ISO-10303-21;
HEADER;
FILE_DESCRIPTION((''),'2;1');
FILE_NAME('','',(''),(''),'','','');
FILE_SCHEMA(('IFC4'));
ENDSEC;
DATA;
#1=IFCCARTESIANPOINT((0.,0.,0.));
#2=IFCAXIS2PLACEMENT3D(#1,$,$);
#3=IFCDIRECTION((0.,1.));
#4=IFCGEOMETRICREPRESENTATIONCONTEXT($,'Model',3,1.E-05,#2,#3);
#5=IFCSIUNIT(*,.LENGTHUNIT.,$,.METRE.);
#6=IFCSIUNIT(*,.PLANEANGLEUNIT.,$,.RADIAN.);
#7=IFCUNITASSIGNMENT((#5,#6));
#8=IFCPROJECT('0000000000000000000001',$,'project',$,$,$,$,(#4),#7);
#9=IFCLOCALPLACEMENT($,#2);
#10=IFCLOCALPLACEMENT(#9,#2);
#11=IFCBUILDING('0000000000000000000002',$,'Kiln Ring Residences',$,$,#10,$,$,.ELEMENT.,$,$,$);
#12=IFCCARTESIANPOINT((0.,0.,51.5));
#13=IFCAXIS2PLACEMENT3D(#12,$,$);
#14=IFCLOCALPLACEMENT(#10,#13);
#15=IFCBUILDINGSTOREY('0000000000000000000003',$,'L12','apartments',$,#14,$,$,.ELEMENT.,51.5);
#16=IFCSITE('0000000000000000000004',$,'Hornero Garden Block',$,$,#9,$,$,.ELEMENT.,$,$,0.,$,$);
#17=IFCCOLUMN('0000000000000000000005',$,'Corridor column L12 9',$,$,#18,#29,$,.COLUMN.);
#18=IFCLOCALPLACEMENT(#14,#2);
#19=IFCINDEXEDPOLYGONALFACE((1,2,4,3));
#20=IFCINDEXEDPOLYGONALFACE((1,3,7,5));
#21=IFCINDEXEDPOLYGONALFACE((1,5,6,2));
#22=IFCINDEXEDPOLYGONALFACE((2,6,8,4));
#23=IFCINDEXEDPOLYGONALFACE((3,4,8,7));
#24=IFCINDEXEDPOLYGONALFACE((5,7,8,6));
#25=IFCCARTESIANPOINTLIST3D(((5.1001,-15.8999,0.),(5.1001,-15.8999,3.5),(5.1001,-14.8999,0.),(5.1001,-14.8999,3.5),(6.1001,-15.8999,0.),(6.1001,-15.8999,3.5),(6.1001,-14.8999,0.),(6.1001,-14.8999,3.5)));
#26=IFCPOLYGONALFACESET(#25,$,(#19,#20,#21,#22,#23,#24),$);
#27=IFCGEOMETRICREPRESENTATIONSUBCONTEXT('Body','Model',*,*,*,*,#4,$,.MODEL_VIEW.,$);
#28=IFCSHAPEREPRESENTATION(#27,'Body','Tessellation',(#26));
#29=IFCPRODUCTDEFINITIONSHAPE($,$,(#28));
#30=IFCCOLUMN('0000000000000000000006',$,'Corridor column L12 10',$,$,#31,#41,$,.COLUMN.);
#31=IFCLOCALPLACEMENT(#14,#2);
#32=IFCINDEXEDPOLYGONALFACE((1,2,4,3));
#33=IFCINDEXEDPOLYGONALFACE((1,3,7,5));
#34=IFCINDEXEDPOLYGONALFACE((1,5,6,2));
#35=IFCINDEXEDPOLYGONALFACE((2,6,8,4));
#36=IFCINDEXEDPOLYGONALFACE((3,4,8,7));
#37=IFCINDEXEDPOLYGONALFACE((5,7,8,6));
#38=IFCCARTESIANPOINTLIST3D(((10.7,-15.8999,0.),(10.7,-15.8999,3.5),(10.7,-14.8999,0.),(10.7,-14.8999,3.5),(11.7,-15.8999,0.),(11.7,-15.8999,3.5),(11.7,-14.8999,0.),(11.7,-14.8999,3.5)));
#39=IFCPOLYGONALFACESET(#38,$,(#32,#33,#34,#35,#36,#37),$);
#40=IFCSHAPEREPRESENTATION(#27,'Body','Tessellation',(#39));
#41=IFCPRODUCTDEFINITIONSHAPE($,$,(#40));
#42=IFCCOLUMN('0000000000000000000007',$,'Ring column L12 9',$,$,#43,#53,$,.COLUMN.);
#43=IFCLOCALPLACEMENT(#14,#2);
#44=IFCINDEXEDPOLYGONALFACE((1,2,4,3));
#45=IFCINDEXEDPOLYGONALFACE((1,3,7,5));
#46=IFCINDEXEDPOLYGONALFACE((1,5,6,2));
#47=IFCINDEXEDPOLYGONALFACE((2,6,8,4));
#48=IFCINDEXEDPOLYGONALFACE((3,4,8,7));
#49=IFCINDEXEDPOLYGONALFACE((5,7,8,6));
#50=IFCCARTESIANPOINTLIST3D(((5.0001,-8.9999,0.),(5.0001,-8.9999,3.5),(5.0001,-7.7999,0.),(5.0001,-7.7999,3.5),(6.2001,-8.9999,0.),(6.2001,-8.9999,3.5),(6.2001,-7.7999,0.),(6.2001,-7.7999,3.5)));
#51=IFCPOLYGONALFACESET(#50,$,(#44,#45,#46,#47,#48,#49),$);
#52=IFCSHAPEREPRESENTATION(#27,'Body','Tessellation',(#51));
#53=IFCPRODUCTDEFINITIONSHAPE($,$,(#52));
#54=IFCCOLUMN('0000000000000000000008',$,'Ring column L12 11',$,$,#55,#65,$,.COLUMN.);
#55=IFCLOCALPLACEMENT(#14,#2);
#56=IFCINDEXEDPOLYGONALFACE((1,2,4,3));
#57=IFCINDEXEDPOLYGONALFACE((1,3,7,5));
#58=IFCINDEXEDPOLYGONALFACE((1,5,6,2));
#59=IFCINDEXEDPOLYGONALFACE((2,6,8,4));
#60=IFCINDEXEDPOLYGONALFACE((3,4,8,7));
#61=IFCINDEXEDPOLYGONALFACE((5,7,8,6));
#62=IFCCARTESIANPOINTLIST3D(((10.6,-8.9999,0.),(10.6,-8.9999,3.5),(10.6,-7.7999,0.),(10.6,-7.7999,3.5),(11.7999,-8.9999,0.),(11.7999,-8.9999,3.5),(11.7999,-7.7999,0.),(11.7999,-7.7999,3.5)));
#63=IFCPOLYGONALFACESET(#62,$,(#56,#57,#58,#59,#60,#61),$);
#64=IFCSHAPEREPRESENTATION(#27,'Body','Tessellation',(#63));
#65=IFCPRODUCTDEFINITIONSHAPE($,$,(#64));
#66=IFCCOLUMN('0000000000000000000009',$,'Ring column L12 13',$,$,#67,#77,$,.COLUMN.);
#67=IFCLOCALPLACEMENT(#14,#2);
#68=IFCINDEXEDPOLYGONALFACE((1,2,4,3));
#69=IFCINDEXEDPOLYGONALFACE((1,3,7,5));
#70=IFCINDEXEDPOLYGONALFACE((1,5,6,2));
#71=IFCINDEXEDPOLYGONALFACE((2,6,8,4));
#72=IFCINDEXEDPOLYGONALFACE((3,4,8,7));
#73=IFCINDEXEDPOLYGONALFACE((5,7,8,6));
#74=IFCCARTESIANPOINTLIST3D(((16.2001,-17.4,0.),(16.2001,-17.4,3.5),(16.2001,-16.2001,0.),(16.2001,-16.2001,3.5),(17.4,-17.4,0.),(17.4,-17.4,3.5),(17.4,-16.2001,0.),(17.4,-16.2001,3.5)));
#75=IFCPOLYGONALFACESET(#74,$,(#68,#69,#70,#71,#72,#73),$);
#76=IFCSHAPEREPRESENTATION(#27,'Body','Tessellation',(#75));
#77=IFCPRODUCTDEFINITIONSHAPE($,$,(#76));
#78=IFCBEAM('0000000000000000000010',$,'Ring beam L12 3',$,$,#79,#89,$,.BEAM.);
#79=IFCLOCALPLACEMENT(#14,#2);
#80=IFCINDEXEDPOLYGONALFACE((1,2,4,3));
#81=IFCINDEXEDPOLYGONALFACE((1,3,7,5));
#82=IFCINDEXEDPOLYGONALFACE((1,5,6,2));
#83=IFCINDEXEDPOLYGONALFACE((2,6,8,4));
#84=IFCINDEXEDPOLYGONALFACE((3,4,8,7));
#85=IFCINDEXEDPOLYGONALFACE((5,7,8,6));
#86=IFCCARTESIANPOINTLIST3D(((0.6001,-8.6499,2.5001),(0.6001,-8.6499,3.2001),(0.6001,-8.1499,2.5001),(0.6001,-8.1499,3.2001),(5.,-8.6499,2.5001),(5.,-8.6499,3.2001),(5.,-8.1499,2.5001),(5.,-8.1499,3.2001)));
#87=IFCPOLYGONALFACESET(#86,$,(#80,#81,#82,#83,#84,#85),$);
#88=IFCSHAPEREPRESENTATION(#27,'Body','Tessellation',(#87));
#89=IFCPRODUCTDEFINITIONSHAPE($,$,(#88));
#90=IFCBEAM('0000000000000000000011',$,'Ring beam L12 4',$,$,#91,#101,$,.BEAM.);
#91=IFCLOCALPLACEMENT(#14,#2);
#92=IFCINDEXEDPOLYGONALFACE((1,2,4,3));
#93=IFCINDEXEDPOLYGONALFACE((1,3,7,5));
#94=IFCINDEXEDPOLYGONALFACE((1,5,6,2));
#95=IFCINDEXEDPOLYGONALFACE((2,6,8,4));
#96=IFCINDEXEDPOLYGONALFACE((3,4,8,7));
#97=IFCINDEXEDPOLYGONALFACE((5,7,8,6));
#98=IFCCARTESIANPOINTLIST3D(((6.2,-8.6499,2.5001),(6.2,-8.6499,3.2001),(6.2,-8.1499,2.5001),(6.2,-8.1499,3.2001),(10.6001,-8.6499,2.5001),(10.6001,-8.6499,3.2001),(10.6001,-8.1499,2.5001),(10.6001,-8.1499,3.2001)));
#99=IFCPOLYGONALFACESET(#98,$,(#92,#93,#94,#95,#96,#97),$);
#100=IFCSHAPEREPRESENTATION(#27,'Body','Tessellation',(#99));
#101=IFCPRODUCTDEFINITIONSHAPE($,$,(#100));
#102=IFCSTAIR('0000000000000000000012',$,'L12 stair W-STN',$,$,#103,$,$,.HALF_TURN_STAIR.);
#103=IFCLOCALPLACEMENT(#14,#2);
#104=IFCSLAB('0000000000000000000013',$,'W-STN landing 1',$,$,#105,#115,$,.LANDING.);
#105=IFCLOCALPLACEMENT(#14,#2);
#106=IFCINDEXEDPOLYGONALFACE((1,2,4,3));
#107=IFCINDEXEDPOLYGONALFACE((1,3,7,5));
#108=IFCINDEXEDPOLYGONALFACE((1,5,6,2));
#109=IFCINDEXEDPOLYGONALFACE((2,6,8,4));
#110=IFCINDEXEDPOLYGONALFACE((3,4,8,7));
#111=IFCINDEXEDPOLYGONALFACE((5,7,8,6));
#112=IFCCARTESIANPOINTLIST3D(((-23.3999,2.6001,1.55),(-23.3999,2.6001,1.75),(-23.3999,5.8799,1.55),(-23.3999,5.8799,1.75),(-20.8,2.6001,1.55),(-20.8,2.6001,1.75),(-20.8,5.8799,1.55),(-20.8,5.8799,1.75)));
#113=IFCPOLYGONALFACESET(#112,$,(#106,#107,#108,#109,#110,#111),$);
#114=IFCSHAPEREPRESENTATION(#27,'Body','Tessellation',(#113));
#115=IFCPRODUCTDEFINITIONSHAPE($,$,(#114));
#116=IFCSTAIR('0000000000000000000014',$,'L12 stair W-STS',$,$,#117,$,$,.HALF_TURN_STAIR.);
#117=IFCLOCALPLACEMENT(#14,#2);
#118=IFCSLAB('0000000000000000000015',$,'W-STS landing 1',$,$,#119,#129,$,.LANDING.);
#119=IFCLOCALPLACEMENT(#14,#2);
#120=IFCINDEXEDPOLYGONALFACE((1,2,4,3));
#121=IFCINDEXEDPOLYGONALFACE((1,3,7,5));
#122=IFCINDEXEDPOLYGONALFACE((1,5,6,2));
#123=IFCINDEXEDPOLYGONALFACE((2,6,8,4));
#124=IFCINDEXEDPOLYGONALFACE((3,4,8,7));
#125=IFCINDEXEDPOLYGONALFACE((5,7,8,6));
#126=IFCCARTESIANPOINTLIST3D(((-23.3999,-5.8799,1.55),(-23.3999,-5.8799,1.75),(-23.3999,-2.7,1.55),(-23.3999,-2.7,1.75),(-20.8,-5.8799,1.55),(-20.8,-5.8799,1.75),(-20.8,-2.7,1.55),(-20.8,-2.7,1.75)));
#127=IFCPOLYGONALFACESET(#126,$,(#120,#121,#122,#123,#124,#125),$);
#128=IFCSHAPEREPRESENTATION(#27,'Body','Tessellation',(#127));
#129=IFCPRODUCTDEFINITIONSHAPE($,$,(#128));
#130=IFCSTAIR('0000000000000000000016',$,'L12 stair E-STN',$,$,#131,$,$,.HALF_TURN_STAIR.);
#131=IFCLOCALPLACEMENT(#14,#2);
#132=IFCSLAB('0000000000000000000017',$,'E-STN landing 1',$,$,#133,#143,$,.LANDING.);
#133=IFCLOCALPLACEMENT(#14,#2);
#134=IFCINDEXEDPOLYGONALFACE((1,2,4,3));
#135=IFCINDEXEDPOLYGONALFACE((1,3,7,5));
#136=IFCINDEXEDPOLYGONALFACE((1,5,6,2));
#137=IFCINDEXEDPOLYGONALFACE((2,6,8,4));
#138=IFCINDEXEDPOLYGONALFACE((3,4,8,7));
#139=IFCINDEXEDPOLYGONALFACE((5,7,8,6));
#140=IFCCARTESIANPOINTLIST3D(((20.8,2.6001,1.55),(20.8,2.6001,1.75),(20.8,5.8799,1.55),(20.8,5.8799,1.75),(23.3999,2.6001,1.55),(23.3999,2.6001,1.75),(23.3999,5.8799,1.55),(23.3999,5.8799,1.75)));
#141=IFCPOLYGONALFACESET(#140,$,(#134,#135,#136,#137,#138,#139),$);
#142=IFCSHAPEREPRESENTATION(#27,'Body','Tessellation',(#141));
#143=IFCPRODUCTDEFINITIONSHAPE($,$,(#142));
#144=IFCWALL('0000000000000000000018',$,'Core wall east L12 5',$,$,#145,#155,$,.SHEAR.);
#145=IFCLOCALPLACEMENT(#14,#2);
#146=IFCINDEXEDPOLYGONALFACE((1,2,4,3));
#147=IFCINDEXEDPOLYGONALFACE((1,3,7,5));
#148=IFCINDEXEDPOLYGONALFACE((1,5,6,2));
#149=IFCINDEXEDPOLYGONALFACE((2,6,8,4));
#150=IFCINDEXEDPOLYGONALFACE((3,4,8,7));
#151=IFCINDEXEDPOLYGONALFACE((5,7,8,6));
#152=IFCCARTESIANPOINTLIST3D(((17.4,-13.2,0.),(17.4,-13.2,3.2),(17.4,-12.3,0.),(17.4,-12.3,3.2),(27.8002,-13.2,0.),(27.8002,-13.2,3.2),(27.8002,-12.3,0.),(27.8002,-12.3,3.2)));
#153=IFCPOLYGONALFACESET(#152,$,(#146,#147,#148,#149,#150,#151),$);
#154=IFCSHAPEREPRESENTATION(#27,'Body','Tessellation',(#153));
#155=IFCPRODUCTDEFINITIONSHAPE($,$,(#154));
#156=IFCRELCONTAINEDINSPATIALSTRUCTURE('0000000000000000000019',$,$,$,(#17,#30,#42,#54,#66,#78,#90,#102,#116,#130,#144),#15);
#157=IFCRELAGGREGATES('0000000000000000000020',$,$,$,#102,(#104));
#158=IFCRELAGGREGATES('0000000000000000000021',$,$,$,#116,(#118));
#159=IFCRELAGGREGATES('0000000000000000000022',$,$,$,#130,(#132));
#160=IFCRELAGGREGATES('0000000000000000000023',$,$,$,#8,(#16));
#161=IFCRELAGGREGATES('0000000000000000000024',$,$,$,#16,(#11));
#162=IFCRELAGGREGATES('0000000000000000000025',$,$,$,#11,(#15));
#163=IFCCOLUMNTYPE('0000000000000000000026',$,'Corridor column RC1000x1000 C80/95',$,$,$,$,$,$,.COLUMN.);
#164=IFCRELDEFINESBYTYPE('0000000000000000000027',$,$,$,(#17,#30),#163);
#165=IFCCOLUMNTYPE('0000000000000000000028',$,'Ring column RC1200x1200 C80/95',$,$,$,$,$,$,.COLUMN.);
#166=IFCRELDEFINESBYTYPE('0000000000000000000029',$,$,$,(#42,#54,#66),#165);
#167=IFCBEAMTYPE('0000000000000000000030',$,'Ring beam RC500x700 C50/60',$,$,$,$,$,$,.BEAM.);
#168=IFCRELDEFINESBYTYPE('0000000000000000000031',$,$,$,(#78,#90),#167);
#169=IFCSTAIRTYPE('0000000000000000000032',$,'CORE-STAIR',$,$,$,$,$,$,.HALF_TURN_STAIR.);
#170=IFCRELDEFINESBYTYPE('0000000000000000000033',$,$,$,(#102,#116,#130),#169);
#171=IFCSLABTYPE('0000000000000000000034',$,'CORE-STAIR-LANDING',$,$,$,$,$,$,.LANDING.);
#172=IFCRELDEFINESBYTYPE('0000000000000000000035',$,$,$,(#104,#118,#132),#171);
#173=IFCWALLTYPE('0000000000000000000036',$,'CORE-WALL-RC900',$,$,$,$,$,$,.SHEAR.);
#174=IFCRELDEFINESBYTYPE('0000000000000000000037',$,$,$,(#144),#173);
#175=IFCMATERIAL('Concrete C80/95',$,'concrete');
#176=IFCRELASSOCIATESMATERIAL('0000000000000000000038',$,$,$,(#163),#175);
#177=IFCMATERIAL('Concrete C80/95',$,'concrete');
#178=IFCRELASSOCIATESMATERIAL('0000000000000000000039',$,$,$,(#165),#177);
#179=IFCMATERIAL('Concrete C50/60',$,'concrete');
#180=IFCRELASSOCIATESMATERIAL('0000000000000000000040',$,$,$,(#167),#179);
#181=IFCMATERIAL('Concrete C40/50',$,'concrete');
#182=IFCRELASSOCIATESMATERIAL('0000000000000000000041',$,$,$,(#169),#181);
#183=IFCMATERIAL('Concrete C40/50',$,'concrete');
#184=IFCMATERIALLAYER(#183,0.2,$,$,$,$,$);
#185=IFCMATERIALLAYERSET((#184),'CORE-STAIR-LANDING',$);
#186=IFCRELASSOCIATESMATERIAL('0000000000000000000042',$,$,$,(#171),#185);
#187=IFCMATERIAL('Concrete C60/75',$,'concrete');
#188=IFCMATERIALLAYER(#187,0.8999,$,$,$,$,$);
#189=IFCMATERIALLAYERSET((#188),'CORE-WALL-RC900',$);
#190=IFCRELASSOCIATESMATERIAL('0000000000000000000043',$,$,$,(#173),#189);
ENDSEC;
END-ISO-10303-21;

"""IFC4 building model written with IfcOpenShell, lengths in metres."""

from ifc_helpers import new_model, si_unit, direction, frame, frame_2d, origin, origin_2d, place, context, subcontext, project, spatial, polyline, rectangle, outline, extrude, material, layer, layer_set, material_profile, profile_set, type_object, element, aggregate, save


model = new_model("IFC4")

# Units and contexts
model_context = context("Model", 3, precision=1e-05, world=origin(), true_north=direction((0.0, 1.0)))
body_context = subcontext(model_context, "Body", "Model", "MODEL_VIEW")
ifc_project = project(units=[si_unit("LENGTHUNIT", "METRE"), si_unit("PLANEANGLEUNIT", "RADIAN")], contexts=[model_context])

# Site, building, storey
site_placement = place(None, origin())
site = spatial("IfcSite", under=ifc_project, at=site_placement, Name="Hornero Garden Block", CompositionType="ELEMENT", RefElevation=0.0)
building_placement = place(site_placement, origin())
building = spatial("IfcBuilding", under=site, at=building_placement, Name="Kiln Ring Residences", CompositionType="ELEMENT")
storey_placement = place(building_placement, frame((0.0, 0.0, 51.5)))
storey = spatial("IfcBuildingStorey", under=building, at=storey_placement, Name="L12", Description="apartments", CompositionType="ELEMENT", Elevation=51.5)

# Columns
ifc_material_1 = material(Name="Concrete C80/95", Category="concrete")
ifc_material_profile_1 = material_profile(ifc_material_1, rectangle(XDim=1.0, YDim=1.0, at=origin_2d()), Name="RC1000x1000")
ifc_profile_set_1 = profile_set([ifc_material_profile_1], Name="Concrete C80/95")
column_type_1 = type_object("IfcColumnType", Name="Corridor column RC1000x1000 C80/95", PredefinedType="COLUMN", material=ifc_profile_set_1)
for number, where, z_axis, x_axis, name in (
    (1, (5.6001, -15.3999, 0.0), (0.0, 0.0, 1.0), (1.0, 0.0, 0.0), "Corridor column L12 9"),
    (2, (11.2, -15.3999, 0.0), (0.0, 0.0, 1.0), (1.0, 0.0, 0.0), "Corridor column L12 10"),
):
    element("IfcColumn", number, at=place(storey_placement, frame(where, z_axis=z_axis, x_axis=x_axis)), inside=storey, type_object=column_type_1, Name=name, PredefinedType="COLUMN", context=body_context, shape_type="SweptSolid", body=[
        extrude(rectangle(XDim=1.0, YDim=1.0, at=origin_2d()), origin(), (0.0, 0.0, 1.0), 3.5),
    ])
ifc_material_2 = material(Name="Concrete C80/95", Category="concrete")
ifc_material_profile_2 = material_profile(ifc_material_2, rectangle(XDim=1.2, YDim=1.2, at=origin_2d()), Name="RC1200x1200")
ifc_profile_set_2 = profile_set([ifc_material_profile_2], Name="Concrete C80/95")
column_type_2 = type_object("IfcColumnType", Name="Ring column RC1200x1200 C80/95", PredefinedType="COLUMN", material=ifc_profile_set_2)
for number, where, z_axis, x_axis, name in (
    (3, (5.6001, -8.3999, 0.0), (0.0, 0.0, 1.0), (1.0, 0.0, 0.0), "Ring column L12 9"),
    (4, (11.2, -8.3999, 0.0), (0.0, 0.0, 1.0), (1.0, 0.0, 0.0), "Ring column L12 11"),
    (5, (16.8, -16.8, 0.0), (0.0, 0.0, 1.0), (1.0, 0.0, 0.0), "Ring column L12 13"),
):
    element("IfcColumn", number, at=place(storey_placement, frame(where, z_axis=z_axis, x_axis=x_axis)), inside=storey, type_object=column_type_2, Name=name, PredefinedType="COLUMN", context=body_context, shape_type="SweptSolid", body=[
        extrude(rectangle(XDim=1.2, YDim=1.2, at=origin_2d()), origin(), (0.0, 0.0, 1.0), 3.5),
    ])

# Beams
ifc_material_3 = material(Name="Concrete C50/60", Category="concrete")
ifc_material_profile_3 = material_profile(ifc_material_3, rectangle(XDim=0.5, YDim=0.7, at=origin_2d()), Name="RC500x700")
ifc_profile_set_3 = profile_set([ifc_material_profile_3], Name="Concrete C50/60")
beam_type = type_object("IfcBeamType", Name="Ring beam RC500x700 C50/60", PredefinedType="BEAM", material=ifc_profile_set_3)
beam_1_placement = place(storey_placement, frame((0.6001, -8.3999, 2.8501), z_axis=(1.0, 0.0, 0.0), x_axis=(0.0, 1.0, 0.0)))
element("IfcBeam", 6, at=beam_1_placement, inside=storey, type_object=beam_type, Name="Ring beam L12 3", PredefinedType="BEAM", context=body_context, shape_type="SweptSolid", body=[
    extrude(rectangle(XDim=0.5, YDim=0.7, at=origin_2d()), origin(), (0.0, 0.0, 1.0), 4.3999),
])
beam_2_placement = place(storey_placement, frame((6.2, -8.3999, 2.8501), z_axis=(1.0, 0.0, 0.0), x_axis=(0.0, 1.0, 0.0)))
element("IfcBeam", 7, at=beam_2_placement, inside=storey, type_object=beam_type, Name="Ring beam L12 4", PredefinedType="BEAM", context=body_context, shape_type="SweptSolid", body=[
    extrude(rectangle(XDim=0.5, YDim=0.7, at=origin_2d()), origin(), (0.0, 0.0, 1.0), 4.4001),
])

# Stairs, slabs
ifc_material_4 = material(Name="Concrete C40/50", Category="concrete")
stair_type = type_object("IfcStairType", Name="CORE-STAIR", PredefinedType="HALF_TURN_STAIR", material=ifc_material_4)
placement_1 = place(storey_placement, origin())
stair_1 = element("IfcStair", 8, at=placement_1, inside=storey, type_object=stair_type, Name="L12 stair W-STN", PredefinedType="HALF_TURN_STAIR")
ifc_material_5 = material(Name="Concrete C40/50", Category="concrete")
ifc_layer_1 = layer(ifc_material_5, 0.2)
ifc_layer_set_1 = layer_set([ifc_layer_1], Name="CORE-STAIR-LANDING")
slab_type = type_object("IfcSlabType", Name="CORE-STAIR-LANDING", PredefinedType="LANDING", material=ifc_layer_set_1)
placement_2 = place(storey_placement, frame((0.0, 0.0, 1.55)))
slab_1 = element("IfcSlab", 9, at=placement_2, type_object=slab_type, Name="W-STN landing 1", PredefinedType="LANDING", context=body_context, shape_type="SweptSolid", body=[
    extrude(outline(polyline([(-23.3999, 5.8799), (-23.3999, 2.6001), (-20.8, 2.6001), (-20.8, 5.8799), (-23.3999, 5.8799)])), origin(), (0.0, 0.0, 1.0), 0.2),
])
aggregate(stair_1, [slab_1])
stair_2 = element("IfcStair", 10, at=placement_1, inside=storey, type_object=stair_type, Name="L12 stair W-STS", PredefinedType="HALF_TURN_STAIR")
slab_2 = element("IfcSlab", 11, at=placement_2, type_object=slab_type, Name="W-STS landing 1", PredefinedType="LANDING", context=body_context, shape_type="SweptSolid", body=[
    extrude(outline(polyline([(-20.8, -5.8799), (-20.8, -2.7), (-23.3999, -2.7), (-23.3999, -5.8799), (-20.8, -5.8799)])), origin(), (0.0, 0.0, 1.0), 0.2),
])
aggregate(stair_2, [slab_2])
stair_3 = element("IfcStair", 12, at=placement_1, inside=storey, type_object=stair_type, Name="L12 stair E-STN", PredefinedType="HALF_TURN_STAIR")
slab_3 = element("IfcSlab", 13, at=placement_2, type_object=slab_type, Name="E-STN landing 1", PredefinedType="LANDING", context=body_context, shape_type="SweptSolid", body=[
    extrude(outline(polyline([(20.8, 5.8799), (20.8, 2.6001), (23.3999, 2.6001), (23.3999, 5.8799), (20.8, 5.8799)])), origin(), (0.0, 0.0, 1.0), 0.2),
])
aggregate(stair_3, [slab_3])

# Wall
ifc_material_6 = material(Name="Concrete C60/75", Category="concrete")
ifc_layer_2 = layer(ifc_material_6, 0.8999)
ifc_layer_set_2 = layer_set([ifc_layer_2], Name="CORE-WALL-RC900")
wall_type_1 = type_object("IfcWallType", Name="CORE-WALL-RC900", PredefinedType="SHEAR", material=ifc_layer_set_2)
wall_1_placement = place(storey_placement, frame((17.3999, -12.75, 0.0), z_axis=(0.0, 0.0, 1.0), x_axis=(1.0, 0.0, 0.0)))
element("IfcWall", 14, at=wall_1_placement, inside=storey, type_object=wall_type_1, Name="Core wall east L12 5", PredefinedType="SHEAR", context=body_context, shape_type="SweptSolid", body=[
    extrude(rectangle(XDim=10.4001, YDim=0.8999, at=frame_2d((5.2002, 0.0))), origin(), (0.0, 0.0, 1.0), 3.2),
])

save(model, "model.ifc")
